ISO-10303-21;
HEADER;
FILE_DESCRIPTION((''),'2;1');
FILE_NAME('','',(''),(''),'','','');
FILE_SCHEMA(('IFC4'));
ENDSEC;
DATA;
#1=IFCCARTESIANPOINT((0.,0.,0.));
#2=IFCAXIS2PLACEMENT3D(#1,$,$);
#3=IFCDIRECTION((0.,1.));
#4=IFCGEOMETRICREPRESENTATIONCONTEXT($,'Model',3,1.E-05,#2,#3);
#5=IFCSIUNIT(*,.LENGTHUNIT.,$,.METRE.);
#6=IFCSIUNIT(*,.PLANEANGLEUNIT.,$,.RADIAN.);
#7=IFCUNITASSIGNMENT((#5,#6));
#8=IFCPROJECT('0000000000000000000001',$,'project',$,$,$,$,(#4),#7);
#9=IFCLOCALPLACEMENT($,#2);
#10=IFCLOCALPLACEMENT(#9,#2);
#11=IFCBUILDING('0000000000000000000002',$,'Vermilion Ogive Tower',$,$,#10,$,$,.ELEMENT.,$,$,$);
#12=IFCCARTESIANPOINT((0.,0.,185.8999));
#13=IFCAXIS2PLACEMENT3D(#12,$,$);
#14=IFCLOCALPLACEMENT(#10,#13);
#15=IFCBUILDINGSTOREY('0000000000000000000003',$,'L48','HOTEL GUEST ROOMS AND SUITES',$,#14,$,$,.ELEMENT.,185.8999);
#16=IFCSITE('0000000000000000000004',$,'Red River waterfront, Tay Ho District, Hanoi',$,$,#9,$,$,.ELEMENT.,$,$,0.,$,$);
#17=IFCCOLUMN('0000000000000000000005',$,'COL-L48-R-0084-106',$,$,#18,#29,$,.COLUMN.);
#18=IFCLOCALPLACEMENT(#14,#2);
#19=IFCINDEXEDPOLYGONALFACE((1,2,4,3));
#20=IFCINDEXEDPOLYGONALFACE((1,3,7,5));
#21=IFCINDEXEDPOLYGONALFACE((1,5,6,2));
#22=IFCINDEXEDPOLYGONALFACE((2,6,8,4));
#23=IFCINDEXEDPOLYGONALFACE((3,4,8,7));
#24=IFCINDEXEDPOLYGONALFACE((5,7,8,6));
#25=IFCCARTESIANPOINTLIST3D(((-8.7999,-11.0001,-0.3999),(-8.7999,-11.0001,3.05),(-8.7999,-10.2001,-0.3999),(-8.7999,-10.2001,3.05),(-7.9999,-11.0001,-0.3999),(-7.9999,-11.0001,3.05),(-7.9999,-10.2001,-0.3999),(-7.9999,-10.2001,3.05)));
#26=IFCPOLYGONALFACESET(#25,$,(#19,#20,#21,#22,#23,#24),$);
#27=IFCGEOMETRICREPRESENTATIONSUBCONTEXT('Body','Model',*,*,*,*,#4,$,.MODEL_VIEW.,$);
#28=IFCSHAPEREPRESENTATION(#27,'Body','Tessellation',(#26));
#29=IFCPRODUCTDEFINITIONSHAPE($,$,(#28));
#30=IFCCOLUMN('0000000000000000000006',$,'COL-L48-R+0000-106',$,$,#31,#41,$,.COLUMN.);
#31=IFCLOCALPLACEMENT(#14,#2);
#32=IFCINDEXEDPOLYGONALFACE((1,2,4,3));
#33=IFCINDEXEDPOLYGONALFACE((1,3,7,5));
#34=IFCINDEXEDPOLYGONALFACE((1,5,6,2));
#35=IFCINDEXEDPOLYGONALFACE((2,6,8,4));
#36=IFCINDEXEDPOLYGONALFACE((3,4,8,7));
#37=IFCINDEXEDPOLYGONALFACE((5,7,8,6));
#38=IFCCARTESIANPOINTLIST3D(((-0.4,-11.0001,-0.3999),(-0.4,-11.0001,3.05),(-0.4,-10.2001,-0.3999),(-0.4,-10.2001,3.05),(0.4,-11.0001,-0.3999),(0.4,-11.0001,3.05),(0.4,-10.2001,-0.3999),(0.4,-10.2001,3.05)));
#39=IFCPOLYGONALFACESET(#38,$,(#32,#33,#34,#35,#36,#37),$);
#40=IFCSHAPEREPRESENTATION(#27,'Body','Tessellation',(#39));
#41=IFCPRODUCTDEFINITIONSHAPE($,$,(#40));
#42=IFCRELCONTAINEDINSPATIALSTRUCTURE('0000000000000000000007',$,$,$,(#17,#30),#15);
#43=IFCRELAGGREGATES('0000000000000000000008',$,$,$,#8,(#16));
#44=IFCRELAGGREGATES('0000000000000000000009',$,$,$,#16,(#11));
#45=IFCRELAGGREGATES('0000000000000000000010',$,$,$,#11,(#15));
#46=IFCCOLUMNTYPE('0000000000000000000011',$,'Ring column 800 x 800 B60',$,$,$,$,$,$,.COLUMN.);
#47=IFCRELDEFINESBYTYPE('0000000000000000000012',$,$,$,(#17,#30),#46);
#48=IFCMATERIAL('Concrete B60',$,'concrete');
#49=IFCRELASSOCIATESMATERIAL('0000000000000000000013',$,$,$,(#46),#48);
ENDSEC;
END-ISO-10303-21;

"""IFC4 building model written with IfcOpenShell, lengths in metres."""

from ifc_helpers import new_model, si_unit, direction, frame, origin, origin_2d, place, context, subcontext, project, spatial, rectangle, extrude, material, material_profile, profile_set, type_object, element, save


model = new_model("IFC4")

# Units and contexts
model_context = context("Model", 3, precision=1e-05, world=origin(), true_north=direction((0.0, 1.0)))
body_context = subcontext(model_context, "Body", "Model", "MODEL_VIEW")
ifc_project = project(units=[si_unit("LENGTHUNIT", "METRE"), si_unit("PLANEANGLEUNIT", "RADIAN")], contexts=[model_context])

# Site, building, storey
site_placement = place(None, origin())
site = spatial("IfcSite", under=ifc_project, at=site_placement, Name="Red River waterfront, Tay Ho District, Hanoi", CompositionType="ELEMENT", RefElevation=0.0)
building_placement = place(site_placement, origin())
building = spatial("IfcBuilding", under=site, at=building_placement, Name="Vermilion Ogive Tower", CompositionType="ELEMENT")
storey_placement = place(building_placement, frame((0.0, 0.0, 185.8999)))
storey = spatial("IfcBuildingStorey", under=building, at=storey_placement, Name="L48", Description="HOTEL GUEST ROOMS AND SUITES", CompositionType="ELEMENT", Elevation=185.8999)

# Columns
ifc_material_1 = material(Name="Concrete B60", Category="concrete")
ifc_material_profile = material_profile(ifc_material_1, rectangle(XDim=0.8, YDim=0.8, at=origin_2d()), Name="800 x 800")
ifc_profile_set = profile_set([ifc_material_profile], Name="Concrete B60")
column_type = type_object("IfcColumnType", Name="Ring column 800 x 800 B60", PredefinedType="COLUMN", material=ifc_profile_set)
for number, where, z_axis, x_axis, name in (
    (1, (-8.3999, -10.6001, -0.3999), (0.0, 0.0, 1.0), (1.0, 0.0, 0.0), "COL-L48-R-0084-106"),
    (2, (0.0, -10.6001, -0.3999), (0.0, 0.0, 1.0), (1.0, 0.0, 0.0), "COL-L48-R+0000-106"),
):
    element("IfcColumn", number, at=place(storey_placement, frame(where, z_axis=z_axis, x_axis=x_axis)), inside=storey, type_object=column_type, Name=name, PredefinedType="COLUMN", context=body_context, shape_type="SweptSolid", body=[
        extrude(rectangle(XDim=0.8, YDim=0.8, at=origin_2d()), origin(), (0.0, 0.0, 1.0), 3.45),
    ])

save(model, "model.ifc")
